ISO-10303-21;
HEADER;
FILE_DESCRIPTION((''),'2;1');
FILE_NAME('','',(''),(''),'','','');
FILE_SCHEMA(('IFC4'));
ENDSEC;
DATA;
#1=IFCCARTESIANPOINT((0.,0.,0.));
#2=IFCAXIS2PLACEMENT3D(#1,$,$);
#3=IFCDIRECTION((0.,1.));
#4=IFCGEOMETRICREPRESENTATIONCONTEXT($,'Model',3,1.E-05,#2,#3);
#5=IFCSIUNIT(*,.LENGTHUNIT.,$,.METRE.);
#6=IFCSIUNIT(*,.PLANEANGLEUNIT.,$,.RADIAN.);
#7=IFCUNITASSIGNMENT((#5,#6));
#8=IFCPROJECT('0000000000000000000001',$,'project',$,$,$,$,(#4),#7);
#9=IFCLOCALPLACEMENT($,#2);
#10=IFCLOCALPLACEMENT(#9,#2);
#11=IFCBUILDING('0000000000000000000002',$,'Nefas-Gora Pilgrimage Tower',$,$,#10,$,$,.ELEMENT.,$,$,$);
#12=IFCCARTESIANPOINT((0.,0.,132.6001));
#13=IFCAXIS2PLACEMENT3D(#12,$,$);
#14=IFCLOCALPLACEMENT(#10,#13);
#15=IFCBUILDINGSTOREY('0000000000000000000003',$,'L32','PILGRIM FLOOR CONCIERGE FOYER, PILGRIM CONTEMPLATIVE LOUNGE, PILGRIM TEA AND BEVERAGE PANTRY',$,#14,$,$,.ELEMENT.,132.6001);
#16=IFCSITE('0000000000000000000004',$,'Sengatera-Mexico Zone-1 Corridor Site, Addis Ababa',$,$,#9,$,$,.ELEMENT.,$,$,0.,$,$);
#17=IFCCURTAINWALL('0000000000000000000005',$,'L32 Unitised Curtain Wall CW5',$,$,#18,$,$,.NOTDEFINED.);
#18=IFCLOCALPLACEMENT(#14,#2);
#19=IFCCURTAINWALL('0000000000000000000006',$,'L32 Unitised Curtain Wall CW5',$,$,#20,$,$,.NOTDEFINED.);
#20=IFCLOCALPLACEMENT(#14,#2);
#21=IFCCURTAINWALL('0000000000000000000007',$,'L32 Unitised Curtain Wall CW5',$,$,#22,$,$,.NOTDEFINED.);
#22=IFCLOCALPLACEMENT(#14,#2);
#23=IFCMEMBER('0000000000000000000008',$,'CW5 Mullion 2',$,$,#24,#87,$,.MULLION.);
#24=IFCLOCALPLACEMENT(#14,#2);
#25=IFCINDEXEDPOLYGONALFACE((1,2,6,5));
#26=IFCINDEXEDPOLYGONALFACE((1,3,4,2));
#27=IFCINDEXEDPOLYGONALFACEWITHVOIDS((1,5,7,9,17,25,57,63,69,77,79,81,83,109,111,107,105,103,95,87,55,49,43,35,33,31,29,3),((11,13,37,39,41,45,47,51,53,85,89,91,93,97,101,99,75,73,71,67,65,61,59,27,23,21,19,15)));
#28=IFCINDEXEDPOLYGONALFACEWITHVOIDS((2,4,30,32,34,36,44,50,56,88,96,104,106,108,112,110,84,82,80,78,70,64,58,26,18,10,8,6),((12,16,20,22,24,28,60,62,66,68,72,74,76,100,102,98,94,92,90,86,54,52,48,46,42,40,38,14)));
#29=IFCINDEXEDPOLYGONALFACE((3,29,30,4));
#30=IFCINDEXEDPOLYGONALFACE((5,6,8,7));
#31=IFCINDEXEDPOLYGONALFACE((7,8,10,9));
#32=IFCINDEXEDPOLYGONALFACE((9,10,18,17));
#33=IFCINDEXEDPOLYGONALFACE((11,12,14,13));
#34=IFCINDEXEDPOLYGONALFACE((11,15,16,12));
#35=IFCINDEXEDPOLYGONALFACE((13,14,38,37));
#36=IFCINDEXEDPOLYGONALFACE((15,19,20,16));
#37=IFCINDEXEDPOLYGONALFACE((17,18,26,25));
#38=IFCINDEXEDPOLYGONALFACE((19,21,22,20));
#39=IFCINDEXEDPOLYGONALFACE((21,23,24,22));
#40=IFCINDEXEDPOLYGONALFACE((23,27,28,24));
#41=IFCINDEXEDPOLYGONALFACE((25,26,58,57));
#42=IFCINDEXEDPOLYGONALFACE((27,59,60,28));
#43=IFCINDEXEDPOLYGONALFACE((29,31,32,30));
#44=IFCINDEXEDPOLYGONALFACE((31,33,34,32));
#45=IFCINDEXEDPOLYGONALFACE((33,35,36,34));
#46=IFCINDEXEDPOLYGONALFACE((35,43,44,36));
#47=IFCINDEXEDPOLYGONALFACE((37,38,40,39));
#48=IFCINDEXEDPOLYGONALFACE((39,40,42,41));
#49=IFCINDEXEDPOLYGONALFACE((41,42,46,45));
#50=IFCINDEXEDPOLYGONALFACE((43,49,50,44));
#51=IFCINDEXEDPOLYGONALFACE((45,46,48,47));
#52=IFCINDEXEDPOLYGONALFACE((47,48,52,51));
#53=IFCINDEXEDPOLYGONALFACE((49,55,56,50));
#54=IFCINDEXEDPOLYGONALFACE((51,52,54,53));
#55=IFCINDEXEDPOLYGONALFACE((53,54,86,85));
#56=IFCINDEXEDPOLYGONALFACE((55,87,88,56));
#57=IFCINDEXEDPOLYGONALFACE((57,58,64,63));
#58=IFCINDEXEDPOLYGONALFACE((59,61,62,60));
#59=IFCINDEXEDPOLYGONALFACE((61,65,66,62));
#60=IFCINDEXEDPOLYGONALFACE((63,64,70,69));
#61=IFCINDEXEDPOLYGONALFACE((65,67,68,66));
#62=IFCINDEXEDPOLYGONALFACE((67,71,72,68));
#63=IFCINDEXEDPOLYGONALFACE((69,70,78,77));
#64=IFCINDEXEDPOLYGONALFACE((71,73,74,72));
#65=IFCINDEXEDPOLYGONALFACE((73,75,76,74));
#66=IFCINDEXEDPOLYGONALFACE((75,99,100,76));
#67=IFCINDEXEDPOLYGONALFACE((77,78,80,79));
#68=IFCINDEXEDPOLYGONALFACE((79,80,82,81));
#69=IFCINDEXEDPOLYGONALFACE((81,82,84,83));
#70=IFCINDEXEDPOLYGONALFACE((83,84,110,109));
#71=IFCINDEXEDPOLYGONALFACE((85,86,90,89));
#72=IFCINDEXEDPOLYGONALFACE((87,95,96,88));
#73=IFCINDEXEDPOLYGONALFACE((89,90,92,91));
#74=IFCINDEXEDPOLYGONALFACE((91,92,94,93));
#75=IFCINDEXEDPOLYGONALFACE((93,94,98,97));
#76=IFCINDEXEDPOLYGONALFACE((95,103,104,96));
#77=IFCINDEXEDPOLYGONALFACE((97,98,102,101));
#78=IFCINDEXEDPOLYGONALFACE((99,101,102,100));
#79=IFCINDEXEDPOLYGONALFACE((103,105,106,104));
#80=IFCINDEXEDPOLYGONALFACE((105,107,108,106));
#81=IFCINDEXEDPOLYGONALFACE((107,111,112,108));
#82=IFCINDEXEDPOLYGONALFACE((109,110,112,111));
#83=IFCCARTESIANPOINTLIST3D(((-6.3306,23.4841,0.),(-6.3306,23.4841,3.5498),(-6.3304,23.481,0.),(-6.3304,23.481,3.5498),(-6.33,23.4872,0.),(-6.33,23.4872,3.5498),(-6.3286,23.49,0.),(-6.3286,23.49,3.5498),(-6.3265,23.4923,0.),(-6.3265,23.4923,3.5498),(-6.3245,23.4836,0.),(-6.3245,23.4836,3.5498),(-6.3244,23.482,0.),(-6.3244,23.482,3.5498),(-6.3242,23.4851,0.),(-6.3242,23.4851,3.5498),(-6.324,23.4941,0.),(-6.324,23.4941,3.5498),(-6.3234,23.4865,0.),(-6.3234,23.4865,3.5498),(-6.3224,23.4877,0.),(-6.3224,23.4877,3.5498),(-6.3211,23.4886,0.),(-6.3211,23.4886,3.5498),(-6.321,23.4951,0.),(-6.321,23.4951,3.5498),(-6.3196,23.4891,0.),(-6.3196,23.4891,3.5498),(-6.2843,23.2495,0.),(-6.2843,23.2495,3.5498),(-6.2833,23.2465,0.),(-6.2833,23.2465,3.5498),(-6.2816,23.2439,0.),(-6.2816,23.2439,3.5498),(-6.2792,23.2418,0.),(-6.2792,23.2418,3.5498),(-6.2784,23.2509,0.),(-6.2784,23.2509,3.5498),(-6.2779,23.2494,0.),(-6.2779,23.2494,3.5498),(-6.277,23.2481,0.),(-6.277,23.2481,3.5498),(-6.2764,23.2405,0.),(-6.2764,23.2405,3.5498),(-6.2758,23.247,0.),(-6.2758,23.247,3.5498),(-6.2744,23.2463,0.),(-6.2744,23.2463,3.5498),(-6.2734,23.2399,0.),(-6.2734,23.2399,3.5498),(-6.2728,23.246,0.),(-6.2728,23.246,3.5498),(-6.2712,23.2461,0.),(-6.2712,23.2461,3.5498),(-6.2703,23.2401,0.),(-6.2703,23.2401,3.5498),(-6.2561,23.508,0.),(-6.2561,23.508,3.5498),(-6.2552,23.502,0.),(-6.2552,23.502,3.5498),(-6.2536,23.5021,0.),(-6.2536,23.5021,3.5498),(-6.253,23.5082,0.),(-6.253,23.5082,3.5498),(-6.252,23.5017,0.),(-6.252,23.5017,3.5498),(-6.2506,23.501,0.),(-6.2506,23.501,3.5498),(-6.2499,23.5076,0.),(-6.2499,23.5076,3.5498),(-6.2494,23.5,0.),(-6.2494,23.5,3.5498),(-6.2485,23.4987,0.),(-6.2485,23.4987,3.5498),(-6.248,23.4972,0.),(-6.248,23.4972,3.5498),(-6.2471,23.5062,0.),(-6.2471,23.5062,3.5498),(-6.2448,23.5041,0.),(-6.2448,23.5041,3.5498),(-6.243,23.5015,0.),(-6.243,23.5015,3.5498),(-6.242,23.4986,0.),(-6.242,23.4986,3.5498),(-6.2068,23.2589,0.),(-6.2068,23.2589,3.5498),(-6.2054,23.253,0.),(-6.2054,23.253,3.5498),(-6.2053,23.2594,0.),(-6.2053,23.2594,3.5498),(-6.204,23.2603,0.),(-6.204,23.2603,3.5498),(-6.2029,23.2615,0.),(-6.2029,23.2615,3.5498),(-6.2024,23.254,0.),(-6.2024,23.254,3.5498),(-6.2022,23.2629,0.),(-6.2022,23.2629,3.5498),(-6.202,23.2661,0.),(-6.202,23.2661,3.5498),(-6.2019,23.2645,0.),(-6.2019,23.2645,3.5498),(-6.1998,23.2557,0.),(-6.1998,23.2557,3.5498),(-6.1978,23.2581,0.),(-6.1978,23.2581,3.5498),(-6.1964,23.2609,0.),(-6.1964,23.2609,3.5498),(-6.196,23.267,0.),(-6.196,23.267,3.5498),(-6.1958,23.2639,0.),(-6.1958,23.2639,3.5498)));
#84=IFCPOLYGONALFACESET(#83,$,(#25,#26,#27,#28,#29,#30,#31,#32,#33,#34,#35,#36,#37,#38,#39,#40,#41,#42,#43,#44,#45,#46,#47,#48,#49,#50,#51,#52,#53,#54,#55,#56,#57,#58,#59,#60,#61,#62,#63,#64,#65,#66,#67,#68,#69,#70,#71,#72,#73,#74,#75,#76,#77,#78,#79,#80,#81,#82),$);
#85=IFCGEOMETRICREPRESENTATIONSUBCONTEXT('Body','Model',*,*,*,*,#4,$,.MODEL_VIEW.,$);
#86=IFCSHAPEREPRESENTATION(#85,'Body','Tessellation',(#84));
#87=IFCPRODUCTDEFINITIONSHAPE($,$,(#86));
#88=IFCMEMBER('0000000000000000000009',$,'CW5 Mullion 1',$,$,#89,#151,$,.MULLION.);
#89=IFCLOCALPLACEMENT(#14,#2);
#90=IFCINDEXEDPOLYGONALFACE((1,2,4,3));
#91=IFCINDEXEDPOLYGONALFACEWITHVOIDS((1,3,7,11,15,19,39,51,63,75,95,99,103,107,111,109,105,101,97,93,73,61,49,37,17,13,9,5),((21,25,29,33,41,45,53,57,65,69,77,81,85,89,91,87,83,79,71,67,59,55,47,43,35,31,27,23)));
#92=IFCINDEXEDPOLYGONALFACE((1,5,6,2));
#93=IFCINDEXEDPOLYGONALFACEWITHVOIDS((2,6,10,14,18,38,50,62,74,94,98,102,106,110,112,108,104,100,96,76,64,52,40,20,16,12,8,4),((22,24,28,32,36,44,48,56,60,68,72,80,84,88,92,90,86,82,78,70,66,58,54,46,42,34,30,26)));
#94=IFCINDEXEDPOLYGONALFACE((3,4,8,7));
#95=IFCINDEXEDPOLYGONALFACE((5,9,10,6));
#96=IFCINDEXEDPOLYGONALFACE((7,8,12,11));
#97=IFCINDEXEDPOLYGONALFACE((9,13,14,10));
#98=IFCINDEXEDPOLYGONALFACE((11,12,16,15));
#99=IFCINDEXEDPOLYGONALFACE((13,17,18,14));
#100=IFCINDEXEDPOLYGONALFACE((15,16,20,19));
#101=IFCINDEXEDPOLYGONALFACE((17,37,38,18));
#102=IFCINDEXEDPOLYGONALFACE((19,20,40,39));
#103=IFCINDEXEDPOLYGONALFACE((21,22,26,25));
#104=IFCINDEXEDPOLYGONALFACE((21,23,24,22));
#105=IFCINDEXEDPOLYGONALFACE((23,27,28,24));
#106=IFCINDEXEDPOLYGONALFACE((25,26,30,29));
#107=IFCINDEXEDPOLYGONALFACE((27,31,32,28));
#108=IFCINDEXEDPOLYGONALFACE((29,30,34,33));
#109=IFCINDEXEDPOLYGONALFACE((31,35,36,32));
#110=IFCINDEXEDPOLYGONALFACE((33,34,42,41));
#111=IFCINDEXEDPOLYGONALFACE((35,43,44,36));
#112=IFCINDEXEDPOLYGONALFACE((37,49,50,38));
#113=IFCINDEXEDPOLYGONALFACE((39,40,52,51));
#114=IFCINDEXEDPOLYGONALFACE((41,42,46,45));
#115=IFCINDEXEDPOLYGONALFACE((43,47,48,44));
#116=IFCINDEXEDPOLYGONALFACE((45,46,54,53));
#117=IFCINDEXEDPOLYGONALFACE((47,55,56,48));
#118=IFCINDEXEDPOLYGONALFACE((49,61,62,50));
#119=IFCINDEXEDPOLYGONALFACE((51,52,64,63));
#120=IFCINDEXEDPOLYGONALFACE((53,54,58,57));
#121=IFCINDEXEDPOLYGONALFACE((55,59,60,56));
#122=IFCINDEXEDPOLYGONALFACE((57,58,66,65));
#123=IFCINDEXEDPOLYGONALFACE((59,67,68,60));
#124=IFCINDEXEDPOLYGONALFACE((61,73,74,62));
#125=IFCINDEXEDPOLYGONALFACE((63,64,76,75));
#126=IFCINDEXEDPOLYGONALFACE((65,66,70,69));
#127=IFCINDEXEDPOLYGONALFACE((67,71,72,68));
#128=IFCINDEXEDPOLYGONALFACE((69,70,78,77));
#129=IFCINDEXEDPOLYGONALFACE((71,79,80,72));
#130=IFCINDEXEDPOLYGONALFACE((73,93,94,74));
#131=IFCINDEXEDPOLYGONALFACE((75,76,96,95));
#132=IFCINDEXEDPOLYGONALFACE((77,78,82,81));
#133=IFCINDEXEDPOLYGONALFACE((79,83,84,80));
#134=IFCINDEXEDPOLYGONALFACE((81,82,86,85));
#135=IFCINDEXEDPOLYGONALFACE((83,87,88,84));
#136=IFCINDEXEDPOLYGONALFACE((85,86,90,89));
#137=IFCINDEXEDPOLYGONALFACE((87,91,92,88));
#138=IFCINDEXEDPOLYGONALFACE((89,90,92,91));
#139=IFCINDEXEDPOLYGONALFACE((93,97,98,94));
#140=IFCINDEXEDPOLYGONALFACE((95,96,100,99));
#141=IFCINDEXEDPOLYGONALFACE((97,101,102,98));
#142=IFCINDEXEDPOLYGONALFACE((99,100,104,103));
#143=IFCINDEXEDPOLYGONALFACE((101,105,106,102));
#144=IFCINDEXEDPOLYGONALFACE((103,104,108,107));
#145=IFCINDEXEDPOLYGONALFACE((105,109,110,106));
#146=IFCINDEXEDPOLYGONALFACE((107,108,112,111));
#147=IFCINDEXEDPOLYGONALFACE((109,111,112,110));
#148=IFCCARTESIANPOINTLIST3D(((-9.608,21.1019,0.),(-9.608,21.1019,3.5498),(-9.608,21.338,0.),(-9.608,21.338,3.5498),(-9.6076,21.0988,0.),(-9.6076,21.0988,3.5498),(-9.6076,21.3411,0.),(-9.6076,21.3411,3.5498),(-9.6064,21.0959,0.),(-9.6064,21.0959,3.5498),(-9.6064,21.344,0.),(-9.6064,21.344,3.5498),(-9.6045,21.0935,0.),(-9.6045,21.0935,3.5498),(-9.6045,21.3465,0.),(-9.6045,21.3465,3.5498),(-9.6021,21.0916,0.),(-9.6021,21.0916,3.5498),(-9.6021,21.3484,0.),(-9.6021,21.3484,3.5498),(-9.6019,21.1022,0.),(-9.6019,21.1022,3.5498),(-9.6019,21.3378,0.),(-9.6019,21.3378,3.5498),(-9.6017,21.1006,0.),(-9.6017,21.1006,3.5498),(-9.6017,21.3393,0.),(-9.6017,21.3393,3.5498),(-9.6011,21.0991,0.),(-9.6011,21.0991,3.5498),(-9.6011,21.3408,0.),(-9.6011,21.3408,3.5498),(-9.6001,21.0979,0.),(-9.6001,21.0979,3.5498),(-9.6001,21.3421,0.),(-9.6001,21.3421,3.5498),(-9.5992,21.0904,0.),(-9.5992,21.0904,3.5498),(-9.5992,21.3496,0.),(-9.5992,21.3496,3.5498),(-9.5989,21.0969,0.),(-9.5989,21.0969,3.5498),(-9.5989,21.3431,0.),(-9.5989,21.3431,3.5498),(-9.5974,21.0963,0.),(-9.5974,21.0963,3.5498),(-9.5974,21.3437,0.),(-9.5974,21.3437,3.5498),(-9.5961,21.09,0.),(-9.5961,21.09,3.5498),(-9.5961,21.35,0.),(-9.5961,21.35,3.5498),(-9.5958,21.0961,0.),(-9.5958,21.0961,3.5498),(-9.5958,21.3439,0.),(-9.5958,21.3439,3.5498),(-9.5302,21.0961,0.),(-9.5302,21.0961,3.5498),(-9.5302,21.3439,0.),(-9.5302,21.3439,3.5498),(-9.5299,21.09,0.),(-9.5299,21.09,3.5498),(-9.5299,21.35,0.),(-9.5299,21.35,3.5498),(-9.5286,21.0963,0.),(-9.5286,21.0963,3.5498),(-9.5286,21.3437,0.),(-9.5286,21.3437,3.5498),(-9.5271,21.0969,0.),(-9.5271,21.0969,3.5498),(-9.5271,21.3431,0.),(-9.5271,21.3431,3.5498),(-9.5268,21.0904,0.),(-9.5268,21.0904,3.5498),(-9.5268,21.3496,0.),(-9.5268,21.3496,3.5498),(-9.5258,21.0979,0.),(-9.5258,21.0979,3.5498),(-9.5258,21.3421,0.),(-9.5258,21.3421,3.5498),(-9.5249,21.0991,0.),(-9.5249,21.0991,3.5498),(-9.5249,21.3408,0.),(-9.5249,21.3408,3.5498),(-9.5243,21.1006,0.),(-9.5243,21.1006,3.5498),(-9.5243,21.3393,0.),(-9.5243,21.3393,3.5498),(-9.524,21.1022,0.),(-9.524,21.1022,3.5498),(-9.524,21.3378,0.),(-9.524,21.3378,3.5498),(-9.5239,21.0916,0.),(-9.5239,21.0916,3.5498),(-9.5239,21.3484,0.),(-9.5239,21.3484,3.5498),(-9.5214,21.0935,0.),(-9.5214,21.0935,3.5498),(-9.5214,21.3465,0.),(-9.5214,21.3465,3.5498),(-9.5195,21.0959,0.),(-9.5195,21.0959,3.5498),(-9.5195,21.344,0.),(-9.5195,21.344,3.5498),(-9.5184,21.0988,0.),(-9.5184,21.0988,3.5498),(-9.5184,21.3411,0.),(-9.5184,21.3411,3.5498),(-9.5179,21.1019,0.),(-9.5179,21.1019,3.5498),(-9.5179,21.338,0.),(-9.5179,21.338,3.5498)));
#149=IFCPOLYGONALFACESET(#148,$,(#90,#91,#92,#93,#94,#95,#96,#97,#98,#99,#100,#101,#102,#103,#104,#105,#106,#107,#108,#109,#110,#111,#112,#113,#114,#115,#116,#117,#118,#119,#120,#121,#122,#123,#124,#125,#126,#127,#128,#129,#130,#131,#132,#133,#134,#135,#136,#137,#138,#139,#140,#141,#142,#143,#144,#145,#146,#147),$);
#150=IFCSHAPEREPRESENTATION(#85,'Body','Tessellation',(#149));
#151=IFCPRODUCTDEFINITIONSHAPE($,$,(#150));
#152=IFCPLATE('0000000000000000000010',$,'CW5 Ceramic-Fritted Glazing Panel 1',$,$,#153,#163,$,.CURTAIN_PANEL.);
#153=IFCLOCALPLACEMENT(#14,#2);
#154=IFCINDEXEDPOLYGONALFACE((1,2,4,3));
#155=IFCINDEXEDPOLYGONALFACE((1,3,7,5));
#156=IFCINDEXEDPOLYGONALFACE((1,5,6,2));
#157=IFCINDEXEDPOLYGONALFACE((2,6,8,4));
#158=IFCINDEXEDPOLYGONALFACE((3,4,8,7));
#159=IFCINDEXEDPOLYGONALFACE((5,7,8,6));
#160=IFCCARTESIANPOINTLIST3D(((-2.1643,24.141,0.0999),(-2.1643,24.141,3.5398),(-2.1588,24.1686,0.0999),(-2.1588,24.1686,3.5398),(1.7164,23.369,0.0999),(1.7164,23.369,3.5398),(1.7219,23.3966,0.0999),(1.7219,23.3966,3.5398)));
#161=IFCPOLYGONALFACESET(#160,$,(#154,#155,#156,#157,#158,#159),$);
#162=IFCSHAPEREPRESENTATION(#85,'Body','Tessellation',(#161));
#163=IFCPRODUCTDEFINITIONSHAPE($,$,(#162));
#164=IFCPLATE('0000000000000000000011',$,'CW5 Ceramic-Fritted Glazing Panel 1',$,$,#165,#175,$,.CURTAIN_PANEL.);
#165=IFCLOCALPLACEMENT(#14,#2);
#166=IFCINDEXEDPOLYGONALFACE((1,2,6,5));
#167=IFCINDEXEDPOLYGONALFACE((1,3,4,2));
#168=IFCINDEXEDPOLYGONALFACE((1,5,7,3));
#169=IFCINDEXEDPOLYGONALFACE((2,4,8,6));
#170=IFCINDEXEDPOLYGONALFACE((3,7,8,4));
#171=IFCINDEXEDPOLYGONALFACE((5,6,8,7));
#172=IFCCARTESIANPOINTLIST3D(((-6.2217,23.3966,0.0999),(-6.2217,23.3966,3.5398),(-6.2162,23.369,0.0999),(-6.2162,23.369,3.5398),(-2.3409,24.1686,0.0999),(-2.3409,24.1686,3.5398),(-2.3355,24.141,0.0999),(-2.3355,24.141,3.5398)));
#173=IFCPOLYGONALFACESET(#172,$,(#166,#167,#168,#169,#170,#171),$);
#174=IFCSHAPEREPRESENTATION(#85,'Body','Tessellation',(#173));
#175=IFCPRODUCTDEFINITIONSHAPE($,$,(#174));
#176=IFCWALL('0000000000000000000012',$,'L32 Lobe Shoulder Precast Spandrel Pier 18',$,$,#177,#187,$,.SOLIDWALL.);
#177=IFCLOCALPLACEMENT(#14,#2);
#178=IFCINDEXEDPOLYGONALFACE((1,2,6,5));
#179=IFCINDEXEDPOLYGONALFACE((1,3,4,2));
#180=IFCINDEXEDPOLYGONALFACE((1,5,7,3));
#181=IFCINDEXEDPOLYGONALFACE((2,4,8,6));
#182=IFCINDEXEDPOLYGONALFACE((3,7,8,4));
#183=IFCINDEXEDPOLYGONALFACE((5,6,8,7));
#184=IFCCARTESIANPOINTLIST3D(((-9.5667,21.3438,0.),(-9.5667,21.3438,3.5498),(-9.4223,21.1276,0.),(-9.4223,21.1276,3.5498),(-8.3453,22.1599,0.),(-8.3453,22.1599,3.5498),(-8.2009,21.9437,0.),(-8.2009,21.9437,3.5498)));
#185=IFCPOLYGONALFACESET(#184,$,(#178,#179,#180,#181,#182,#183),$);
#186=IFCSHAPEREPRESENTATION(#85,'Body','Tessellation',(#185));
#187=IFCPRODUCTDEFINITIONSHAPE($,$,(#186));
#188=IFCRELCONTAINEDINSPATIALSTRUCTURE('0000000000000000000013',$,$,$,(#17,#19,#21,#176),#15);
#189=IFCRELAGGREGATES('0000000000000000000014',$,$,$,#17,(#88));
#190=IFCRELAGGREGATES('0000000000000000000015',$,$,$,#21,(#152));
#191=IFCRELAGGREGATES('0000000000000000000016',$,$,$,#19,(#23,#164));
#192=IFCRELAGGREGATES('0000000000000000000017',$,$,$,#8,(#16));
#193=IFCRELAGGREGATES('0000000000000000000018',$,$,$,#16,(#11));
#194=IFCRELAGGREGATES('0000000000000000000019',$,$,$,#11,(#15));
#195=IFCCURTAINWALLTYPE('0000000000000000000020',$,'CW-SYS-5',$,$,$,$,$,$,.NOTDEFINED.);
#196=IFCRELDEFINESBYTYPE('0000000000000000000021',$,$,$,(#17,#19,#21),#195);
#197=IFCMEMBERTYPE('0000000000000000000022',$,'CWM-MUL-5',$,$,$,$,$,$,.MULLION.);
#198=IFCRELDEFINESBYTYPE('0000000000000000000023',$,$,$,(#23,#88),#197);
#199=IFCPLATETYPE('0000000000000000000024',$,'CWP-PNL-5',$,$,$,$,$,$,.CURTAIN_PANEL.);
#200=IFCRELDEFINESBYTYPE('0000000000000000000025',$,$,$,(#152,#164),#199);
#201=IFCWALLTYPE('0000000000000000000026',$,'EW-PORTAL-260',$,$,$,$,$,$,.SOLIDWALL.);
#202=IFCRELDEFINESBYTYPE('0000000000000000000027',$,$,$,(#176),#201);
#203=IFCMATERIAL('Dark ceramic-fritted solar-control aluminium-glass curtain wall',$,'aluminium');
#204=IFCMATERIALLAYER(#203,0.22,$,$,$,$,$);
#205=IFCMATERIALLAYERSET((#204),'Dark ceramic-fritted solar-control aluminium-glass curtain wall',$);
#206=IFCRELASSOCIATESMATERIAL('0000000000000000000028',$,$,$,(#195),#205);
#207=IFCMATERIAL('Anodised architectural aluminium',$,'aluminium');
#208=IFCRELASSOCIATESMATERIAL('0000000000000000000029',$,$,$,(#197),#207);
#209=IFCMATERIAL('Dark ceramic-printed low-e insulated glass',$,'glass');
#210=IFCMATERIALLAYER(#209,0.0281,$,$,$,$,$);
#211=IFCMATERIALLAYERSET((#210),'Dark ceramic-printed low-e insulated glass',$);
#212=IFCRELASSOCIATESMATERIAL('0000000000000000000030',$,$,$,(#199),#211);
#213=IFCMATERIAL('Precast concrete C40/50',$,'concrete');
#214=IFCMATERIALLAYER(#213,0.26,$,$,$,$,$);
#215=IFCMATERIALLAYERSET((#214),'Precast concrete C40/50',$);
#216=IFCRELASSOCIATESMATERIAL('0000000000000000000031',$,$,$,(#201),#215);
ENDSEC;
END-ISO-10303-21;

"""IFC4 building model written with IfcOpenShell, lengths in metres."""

from ifc_helpers import new_model, si_unit, direction, frame, frame_2d, origin, origin_2d, place, context, subcontext, project, spatial, rectangle, hollow_rectangle, extrude, source, transform, mapped, material, layer, layer_set, material_profile, profile_set, type_object, element, aggregate, save


model = new_model("IFC4")

# Units and contexts
model_context = context("Model", 3, precision=1e-05, world=origin(), true_north=direction((0.0, 1.0)))
body_context = subcontext(model_context, "Body", "Model", "MODEL_VIEW")
ifc_project = project(units=[si_unit("LENGTHUNIT", "METRE"), si_unit("PLANEANGLEUNIT", "RADIAN")], contexts=[model_context])

# Site, building, storey
site_placement = place(None, origin())
site = spatial("IfcSite", under=ifc_project, at=site_placement, Name="Sengatera-Mexico Zone-1 Corridor Site, Addis Ababa", CompositionType="ELEMENT", RefElevation=0.0)
building_placement = place(site_placement, origin())
building = spatial("IfcBuilding", under=site, at=building_placement, Name="Nefas-Gora Pilgrimage Tower", CompositionType="ELEMENT")
storey_placement = place(building_placement, frame((0.0, 0.0, 132.6001)))
storey = spatial("IfcBuildingStorey", under=building, at=storey_placement, Name="L32", Description="PILGRIM FLOOR CONCIERGE FOYER, PILGRIM CONTEMPLATIVE LOUNGE, PILGRIM TEA AND BEVERAGE PANTRY", CompositionType="ELEMENT", Elevation=132.6001)

# Curtain walls
ifc_material_1 = material(Name="Dark ceramic-fritted solar-control aluminium-glass curtain wall", Category="aluminium")
ifc_layer_1 = layer(ifc_material_1, 0.22)
ifc_layer_set_1 = layer_set([ifc_layer_1], Name="Dark ceramic-fritted solar-control aluminium-glass curtain wall")
curtain_wall_type = type_object("IfcCurtainWallType", Name="CW-SYS-5", PredefinedType="NOTDEFINED", material=ifc_layer_set_1)
curtain_wall_1_placement = place(storey_placement, origin())
curtain_wall_1 = element("IfcCurtainWall", 1, at=curtain_wall_1_placement, inside=storey, type_object=curtain_wall_type, Name="L32 Unitised Curtain Wall CW5", PredefinedType="NOTDEFINED")
ifc_material_2 = material(Name="Anodised architectural aluminium", Category="aluminium")
curtain_wall_2_placement = place(storey_placement, origin())
curtain_wall_2 = element("IfcCurtainWall", 2, at=curtain_wall_2_placement, inside=storey, type_object=curtain_wall_type, Name="L32 Unitised Curtain Wall CW5", PredefinedType="NOTDEFINED")
curtain_wall_3_placement = place(storey_placement, origin())
curtain_wall_3 = element("IfcCurtainWall", 3, at=curtain_wall_3_placement, inside=storey, type_object=curtain_wall_type, Name="L32 Unitised Curtain Wall CW5", PredefinedType="NOTDEFINED")
ifc_material_profile_1 = material_profile(ifc_material_2, hollow_rectangle(XDim=0.0901, YDim=0.26, WallThickness=0.0061, InnerFilletRadius=0.0061, OuterFilletRadius=0.012, at=origin_2d()), Name="ALU MULLION 90x260")
ifc_profile_set_1 = profile_set([ifc_material_profile_1], Name="Anodised architectural aluminium")
member_type_1 = type_object("IfcMemberType", Name="CWM-MUL-5", PredefinedType="MULLION", material=ifc_profile_set_1)
shared_shape_1 = source(origin(), body_context, "Body", "SweptSolid", [
    extrude(hollow_rectangle(XDim=0.0901, YDim=0.26, WallThickness=0.0061, InnerFilletRadius=0.0061, OuterFilletRadius=0.012, at=origin_2d()), origin(), (0.0, 0.0, 1.0), 3.5498),
])

# Members
member_1_placement = place(storey_placement, frame((-6.2632, 23.374, 0.0), z_axis=(0.0, 0.0, 1.0), x_axis=(-0.980783, -0.195102, 0.0)))
member_1 = element("IfcMember", 4, at=member_1_placement, type_object=member_type_1, Name="CW5 Mullion 2", PredefinedType="MULLION", context=body_context, shape_type="MappedRepresentation", body=[
    mapped(shared_shape_1, transform((0.0, 0.0, 0.0), x_axis=(1.0, 0.0, 0.0), y_axis=(0.0, 1.0, 0.0), z_axis=(0.0, 0.0, 1.0), scale=1.0)),
])
member_2_placement = place(storey_placement, frame((-9.563, 21.22, 0.0), z_axis=(0.0, 0.0, 1.0), x_axis=(-1.0, 0.0, 0.0)))
member_2 = element("IfcMember", 5, at=member_2_placement, type_object=member_type_1, Name="CW5 Mullion 1", PredefinedType="MULLION", context=body_context, shape_type="MappedRepresentation", body=[
    mapped(shared_shape_1, transform((0.0, 0.0, 0.0), x_axis=(1.0, 0.0, 0.0), y_axis=(0.0, 1.0, 0.0), z_axis=(0.0, 0.0, 1.0), scale=1.0)),
])
aggregate(curtain_wall_1, [member_2])

# Plates
ifc_material_3 = material(Name="Dark ceramic-printed low-e insulated glass", Category="glass")
ifc_layer_2 = layer(ifc_material_3, 0.0281)
ifc_layer_set_2 = layer_set([ifc_layer_2], Name="Dark ceramic-printed low-e insulated glass")
plate_type = type_object("IfcPlateType", Name="CWP-PNL-5", PredefinedType="CURTAIN_PANEL", material=ifc_layer_set_2)
shared_shape_2 = source(origin(), body_context, "Body", "SweptSolid", [
    extrude(rectangle(XDim=3.9568, YDim=0.0281, at=origin_2d()), origin(), (0.0, 0.0, 1.0), 3.4399),
])
plate_1_placement = place(storey_placement, frame((-0.2212, 23.7688, 0.0999), z_axis=(0.0, 0.0, 1.0), x_axis=(-0.980783, 0.195102, 0.0)))
plate_1 = element("IfcPlate", 6, at=plate_1_placement, type_object=plate_type, Name="CW5 Ceramic-Fritted Glazing Panel 1", PredefinedType="CURTAIN_PANEL", context=body_context, shape_type="MappedRepresentation", body=[
    mapped(shared_shape_2, transform((0.0, 0.0, 0.0), x_axis=(1.0, 0.0, 0.0), y_axis=(0.0, 1.0, 0.0), z_axis=(0.0, 0.0, 1.0), scale=1.0)),
])
aggregate(curtain_wall_3, [plate_1])
plate_2_placement = place(storey_placement, frame((-4.2786, 23.7688, 0.0999), z_axis=(0.0, 0.0, 1.0), x_axis=(-0.980783, -0.195102, 0.0)))
plate_2 = element("IfcPlate", 7, at=plate_2_placement, type_object=plate_type, Name="CW5 Ceramic-Fritted Glazing Panel 1", PredefinedType="CURTAIN_PANEL", context=body_context, shape_type="MappedRepresentation", body=[
    mapped(shared_shape_2, transform((0.0, 0.0, 0.0), x_axis=(1.0, 0.0, 0.0), y_axis=(0.0, 1.0, 0.0), z_axis=(0.0, 0.0, 1.0), scale=1.0)),
])
aggregate(curtain_wall_2, [member_1, plate_2])

# Wall
ifc_material_4 = material(Name="Precast concrete C40/50", Category="concrete")
ifc_layer_3 = layer(ifc_material_4, 0.26)
ifc_layer_set_3 = layer_set([ifc_layer_3], Name="Precast concrete C40/50")
wall_type_1 = type_object("IfcWallType", Name="EW-PORTAL-260", PredefinedType="SOLIDWALL", material=ifc_layer_set_3)
shared_shape_3 = source(origin(), body_context, "Body", "SweptSolid", [
    extrude(rectangle(XDim=1.469, YDim=0.26, at=frame_2d((0.7344, 0.0))), origin(), (0.0, 0.0, 1.0), 3.5498),
])
wall_1_placement = place(storey_placement, frame((-8.2732, 22.0518, 0.0), z_axis=(0.0, 0.0, 1.0), x_axis=(-0.831462, -0.555582, 0.0)))
element("IfcWall", 8, at=wall_1_placement, inside=storey, type_object=wall_type_1, Name="L32 Lobe Shoulder Precast Spandrel Pier 18", PredefinedType="SOLIDWALL", context=body_context, shape_type="MappedRepresentation", body=[
    mapped(shared_shape_3, transform((0.0, 0.0, 0.0), x_axis=(1.0, 0.0, 0.0), y_axis=(0.0, 1.0, 0.0), z_axis=(0.0, 0.0, 1.0), scale=1.0)),
])

save(model, "model.ifc")
